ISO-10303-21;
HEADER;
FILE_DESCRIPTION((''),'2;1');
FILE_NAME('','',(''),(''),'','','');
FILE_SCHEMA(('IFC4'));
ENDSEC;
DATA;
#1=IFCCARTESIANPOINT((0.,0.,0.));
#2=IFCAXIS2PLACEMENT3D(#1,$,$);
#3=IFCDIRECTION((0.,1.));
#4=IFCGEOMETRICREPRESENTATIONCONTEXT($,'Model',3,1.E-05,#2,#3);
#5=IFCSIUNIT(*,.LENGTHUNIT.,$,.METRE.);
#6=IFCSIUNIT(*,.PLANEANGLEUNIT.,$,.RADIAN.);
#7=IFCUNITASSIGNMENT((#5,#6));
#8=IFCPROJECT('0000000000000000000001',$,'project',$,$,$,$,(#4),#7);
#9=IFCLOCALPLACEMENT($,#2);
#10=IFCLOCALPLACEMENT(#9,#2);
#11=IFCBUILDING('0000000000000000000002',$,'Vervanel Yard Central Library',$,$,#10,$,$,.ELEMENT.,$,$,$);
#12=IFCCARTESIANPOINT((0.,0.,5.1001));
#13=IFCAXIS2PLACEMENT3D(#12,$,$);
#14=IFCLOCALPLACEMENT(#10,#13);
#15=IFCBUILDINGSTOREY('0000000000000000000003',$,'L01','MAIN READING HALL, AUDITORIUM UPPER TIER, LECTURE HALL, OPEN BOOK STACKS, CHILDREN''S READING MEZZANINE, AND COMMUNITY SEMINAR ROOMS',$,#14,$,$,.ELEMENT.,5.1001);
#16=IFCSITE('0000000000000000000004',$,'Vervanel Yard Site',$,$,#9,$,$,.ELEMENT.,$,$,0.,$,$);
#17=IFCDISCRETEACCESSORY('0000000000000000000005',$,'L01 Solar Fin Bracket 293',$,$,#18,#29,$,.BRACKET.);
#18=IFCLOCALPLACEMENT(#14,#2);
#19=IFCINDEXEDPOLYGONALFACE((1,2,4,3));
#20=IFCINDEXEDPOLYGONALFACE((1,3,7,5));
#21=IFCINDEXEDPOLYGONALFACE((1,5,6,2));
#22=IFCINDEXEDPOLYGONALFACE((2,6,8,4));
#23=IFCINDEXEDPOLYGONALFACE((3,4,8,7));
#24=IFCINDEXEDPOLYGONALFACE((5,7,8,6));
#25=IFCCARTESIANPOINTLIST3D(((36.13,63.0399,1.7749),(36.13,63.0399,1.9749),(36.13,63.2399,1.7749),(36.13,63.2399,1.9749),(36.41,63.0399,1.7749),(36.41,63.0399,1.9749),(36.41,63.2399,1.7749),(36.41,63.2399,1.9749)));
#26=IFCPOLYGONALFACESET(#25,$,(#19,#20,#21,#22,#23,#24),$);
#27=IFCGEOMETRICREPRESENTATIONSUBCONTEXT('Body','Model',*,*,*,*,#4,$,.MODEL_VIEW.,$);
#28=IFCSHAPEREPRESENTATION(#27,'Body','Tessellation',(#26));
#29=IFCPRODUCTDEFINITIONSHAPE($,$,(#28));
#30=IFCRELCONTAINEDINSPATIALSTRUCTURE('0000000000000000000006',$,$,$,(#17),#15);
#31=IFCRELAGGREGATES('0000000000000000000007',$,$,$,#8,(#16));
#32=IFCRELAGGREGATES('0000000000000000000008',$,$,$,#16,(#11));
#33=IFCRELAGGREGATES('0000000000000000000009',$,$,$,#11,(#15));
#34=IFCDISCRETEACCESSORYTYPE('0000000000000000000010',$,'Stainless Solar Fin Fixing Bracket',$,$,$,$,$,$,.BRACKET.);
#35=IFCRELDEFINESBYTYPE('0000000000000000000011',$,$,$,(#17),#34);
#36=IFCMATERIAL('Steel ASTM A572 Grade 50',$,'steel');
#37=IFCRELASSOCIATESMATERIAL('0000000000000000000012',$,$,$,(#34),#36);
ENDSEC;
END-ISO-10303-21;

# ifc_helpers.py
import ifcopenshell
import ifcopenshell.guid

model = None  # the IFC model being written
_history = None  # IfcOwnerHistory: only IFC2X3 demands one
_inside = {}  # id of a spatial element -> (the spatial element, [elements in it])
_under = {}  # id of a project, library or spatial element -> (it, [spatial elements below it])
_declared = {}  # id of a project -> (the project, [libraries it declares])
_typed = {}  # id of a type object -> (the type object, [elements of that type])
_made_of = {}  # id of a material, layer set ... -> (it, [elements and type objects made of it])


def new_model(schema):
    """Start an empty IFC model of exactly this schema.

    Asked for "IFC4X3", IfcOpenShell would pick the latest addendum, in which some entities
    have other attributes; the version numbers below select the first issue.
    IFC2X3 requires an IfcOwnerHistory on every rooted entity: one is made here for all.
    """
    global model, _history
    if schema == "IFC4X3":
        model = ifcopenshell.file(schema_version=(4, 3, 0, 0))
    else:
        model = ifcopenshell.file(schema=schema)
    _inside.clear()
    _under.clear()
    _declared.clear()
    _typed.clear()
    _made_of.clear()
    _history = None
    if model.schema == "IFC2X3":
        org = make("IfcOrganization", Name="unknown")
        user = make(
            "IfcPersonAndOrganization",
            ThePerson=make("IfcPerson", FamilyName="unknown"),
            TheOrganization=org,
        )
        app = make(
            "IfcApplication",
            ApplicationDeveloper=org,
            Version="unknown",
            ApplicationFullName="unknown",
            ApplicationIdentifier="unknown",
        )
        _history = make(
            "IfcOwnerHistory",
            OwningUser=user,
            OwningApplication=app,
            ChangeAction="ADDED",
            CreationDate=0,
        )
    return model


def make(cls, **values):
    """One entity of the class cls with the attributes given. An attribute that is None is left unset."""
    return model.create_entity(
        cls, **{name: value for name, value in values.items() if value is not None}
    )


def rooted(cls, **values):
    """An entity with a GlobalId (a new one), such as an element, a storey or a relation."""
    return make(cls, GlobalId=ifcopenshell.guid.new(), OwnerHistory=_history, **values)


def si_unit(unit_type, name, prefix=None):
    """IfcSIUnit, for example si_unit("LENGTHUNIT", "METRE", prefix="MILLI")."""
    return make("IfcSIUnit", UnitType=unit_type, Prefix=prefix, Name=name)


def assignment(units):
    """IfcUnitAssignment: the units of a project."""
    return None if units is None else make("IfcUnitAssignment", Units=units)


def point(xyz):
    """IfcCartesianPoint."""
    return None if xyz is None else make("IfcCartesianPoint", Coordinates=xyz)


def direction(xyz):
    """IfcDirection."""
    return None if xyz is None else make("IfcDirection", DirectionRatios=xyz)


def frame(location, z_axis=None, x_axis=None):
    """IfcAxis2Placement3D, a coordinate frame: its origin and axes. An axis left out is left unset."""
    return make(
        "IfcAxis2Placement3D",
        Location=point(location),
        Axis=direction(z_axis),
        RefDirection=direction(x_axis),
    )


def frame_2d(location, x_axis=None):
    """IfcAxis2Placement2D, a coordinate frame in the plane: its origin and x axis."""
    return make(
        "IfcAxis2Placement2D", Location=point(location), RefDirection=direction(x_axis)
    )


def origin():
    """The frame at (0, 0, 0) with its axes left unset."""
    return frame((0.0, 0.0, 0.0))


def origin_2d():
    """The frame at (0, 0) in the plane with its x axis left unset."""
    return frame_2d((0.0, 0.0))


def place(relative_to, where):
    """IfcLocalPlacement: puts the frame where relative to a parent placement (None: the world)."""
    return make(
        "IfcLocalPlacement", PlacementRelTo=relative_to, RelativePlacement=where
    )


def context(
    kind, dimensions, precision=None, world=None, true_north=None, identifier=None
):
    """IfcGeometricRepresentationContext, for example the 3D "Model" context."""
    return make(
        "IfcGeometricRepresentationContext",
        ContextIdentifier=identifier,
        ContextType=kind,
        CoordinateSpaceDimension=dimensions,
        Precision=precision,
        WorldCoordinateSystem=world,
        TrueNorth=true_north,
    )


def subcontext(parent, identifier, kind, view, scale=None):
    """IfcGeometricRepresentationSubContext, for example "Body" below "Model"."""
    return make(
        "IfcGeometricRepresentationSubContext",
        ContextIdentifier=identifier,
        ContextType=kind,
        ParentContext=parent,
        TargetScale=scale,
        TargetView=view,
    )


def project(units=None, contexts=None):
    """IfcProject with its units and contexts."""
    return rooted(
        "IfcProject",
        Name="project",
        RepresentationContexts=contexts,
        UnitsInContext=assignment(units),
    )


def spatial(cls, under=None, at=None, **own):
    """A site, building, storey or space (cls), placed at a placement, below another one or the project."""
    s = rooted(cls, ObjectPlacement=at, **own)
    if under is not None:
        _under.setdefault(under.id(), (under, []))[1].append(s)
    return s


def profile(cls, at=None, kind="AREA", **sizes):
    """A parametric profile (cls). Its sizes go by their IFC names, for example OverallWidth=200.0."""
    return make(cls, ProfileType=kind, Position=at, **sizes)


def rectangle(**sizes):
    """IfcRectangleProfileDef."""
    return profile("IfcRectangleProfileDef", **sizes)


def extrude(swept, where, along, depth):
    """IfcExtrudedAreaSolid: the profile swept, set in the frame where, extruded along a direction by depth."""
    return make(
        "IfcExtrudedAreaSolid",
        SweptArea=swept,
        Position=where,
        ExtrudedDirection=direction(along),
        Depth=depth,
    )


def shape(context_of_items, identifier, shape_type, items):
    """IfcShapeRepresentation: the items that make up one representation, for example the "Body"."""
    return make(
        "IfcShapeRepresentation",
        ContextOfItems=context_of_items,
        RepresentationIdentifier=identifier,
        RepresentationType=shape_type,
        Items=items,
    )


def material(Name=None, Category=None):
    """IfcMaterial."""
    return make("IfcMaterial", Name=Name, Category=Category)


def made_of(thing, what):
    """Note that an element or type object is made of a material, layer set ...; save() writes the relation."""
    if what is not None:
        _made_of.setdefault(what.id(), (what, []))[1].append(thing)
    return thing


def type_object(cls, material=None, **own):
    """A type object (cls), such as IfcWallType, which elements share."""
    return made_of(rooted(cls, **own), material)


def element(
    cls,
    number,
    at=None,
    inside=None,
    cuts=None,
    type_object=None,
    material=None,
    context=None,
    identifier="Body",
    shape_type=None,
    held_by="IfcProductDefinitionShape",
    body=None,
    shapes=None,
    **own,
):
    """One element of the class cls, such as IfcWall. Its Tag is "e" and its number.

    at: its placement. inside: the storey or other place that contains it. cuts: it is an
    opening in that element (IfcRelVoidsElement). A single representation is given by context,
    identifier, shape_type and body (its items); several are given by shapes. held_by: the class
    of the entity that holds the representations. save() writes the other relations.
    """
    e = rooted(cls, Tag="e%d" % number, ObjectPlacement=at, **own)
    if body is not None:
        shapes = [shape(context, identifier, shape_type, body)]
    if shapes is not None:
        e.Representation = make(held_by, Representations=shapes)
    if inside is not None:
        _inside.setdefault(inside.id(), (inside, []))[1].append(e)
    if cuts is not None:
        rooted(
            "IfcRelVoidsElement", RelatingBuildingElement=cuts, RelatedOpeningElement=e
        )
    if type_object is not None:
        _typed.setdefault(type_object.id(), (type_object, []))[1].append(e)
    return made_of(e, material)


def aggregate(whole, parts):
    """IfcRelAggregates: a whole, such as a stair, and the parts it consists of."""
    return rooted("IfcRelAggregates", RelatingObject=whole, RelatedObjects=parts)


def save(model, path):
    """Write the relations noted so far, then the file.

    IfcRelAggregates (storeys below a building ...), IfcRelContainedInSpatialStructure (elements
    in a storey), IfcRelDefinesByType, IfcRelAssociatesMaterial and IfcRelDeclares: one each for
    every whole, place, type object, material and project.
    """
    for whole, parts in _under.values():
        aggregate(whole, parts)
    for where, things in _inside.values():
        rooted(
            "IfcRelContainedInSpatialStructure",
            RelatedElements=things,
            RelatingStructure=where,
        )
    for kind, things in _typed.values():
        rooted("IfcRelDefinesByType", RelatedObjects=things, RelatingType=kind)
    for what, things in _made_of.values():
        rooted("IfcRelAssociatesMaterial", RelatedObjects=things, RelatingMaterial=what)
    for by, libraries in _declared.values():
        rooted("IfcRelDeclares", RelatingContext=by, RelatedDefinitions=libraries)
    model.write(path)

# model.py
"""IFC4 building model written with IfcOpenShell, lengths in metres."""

from ifc_helpers import new_model, si_unit, direction, frame, origin, origin_2d, place, context, subcontext, project, spatial, rectangle, extrude, material, type_object, element, save


model = new_model("IFC4")

# Units and contexts
model_context = context("Model", 3, precision=1e-05, world=origin(), true_north=direction((0.0, 1.0)))
body_context = subcontext(model_context, "Body", "Model", "MODEL_VIEW")
ifc_project = project(units=[si_unit("LENGTHUNIT", "METRE"), si_unit("PLANEANGLEUNIT", "RADIAN")], contexts=[model_context])

# Site, building, storey
site_placement = place(None, origin())
site = spatial("IfcSite", under=ifc_project, at=site_placement, Name="Vervanel Yard Site", CompositionType="ELEMENT", RefElevation=0.0)
building_placement = place(site_placement, origin())
building = spatial("IfcBuilding", under=site, at=building_placement, Name="Vervanel Yard Central Library", CompositionType="ELEMENT")
storey_placement = place(building_placement, frame((0.0, 0.0, 5.1001)))
storey = spatial("IfcBuildingStorey", under=building, at=storey_placement, Name="L01", Description="MAIN READING HALL, AUDITORIUM UPPER TIER, LECTURE HALL, OPEN BOOK STACKS, CHILDREN'S READING MEZZANINE, AND COMMUNITY SEMINAR ROOMS", CompositionType="ELEMENT", Elevation=5.1001)

# Discrete accessory
ifc_material_1 = material(Name="Steel ASTM A572 Grade 50", Category="steel")
discrete_accessory_type = type_object("IfcDiscreteAccessoryType", Name="Stainless Solar Fin Fixing Bracket", PredefinedType="BRACKET", material=ifc_material_1)
for number, where, z_axis, x_axis, name in (
    (1, (36.27, 63.1399, 1.7749), (0.0, 0.0, 1.0), (0.0, 1.0, 0.0), "L01 Solar Fin Bracket 293"),
):
    element("IfcDiscreteAccessory", number, at=place(storey_placement, frame(where, z_axis=z_axis, x_axis=x_axis)), inside=storey, type_object=discrete_accessory_type, Name=name, PredefinedType="BRACKET", context=body_context, shape_type="SweptSolid", body=[
        extrude(rectangle(XDim=0.2, YDim=0.28, at=origin_2d()), origin(), (0.0, 0.0, 1.0), 0.2),
    ])

save(model, "model.ifc")
